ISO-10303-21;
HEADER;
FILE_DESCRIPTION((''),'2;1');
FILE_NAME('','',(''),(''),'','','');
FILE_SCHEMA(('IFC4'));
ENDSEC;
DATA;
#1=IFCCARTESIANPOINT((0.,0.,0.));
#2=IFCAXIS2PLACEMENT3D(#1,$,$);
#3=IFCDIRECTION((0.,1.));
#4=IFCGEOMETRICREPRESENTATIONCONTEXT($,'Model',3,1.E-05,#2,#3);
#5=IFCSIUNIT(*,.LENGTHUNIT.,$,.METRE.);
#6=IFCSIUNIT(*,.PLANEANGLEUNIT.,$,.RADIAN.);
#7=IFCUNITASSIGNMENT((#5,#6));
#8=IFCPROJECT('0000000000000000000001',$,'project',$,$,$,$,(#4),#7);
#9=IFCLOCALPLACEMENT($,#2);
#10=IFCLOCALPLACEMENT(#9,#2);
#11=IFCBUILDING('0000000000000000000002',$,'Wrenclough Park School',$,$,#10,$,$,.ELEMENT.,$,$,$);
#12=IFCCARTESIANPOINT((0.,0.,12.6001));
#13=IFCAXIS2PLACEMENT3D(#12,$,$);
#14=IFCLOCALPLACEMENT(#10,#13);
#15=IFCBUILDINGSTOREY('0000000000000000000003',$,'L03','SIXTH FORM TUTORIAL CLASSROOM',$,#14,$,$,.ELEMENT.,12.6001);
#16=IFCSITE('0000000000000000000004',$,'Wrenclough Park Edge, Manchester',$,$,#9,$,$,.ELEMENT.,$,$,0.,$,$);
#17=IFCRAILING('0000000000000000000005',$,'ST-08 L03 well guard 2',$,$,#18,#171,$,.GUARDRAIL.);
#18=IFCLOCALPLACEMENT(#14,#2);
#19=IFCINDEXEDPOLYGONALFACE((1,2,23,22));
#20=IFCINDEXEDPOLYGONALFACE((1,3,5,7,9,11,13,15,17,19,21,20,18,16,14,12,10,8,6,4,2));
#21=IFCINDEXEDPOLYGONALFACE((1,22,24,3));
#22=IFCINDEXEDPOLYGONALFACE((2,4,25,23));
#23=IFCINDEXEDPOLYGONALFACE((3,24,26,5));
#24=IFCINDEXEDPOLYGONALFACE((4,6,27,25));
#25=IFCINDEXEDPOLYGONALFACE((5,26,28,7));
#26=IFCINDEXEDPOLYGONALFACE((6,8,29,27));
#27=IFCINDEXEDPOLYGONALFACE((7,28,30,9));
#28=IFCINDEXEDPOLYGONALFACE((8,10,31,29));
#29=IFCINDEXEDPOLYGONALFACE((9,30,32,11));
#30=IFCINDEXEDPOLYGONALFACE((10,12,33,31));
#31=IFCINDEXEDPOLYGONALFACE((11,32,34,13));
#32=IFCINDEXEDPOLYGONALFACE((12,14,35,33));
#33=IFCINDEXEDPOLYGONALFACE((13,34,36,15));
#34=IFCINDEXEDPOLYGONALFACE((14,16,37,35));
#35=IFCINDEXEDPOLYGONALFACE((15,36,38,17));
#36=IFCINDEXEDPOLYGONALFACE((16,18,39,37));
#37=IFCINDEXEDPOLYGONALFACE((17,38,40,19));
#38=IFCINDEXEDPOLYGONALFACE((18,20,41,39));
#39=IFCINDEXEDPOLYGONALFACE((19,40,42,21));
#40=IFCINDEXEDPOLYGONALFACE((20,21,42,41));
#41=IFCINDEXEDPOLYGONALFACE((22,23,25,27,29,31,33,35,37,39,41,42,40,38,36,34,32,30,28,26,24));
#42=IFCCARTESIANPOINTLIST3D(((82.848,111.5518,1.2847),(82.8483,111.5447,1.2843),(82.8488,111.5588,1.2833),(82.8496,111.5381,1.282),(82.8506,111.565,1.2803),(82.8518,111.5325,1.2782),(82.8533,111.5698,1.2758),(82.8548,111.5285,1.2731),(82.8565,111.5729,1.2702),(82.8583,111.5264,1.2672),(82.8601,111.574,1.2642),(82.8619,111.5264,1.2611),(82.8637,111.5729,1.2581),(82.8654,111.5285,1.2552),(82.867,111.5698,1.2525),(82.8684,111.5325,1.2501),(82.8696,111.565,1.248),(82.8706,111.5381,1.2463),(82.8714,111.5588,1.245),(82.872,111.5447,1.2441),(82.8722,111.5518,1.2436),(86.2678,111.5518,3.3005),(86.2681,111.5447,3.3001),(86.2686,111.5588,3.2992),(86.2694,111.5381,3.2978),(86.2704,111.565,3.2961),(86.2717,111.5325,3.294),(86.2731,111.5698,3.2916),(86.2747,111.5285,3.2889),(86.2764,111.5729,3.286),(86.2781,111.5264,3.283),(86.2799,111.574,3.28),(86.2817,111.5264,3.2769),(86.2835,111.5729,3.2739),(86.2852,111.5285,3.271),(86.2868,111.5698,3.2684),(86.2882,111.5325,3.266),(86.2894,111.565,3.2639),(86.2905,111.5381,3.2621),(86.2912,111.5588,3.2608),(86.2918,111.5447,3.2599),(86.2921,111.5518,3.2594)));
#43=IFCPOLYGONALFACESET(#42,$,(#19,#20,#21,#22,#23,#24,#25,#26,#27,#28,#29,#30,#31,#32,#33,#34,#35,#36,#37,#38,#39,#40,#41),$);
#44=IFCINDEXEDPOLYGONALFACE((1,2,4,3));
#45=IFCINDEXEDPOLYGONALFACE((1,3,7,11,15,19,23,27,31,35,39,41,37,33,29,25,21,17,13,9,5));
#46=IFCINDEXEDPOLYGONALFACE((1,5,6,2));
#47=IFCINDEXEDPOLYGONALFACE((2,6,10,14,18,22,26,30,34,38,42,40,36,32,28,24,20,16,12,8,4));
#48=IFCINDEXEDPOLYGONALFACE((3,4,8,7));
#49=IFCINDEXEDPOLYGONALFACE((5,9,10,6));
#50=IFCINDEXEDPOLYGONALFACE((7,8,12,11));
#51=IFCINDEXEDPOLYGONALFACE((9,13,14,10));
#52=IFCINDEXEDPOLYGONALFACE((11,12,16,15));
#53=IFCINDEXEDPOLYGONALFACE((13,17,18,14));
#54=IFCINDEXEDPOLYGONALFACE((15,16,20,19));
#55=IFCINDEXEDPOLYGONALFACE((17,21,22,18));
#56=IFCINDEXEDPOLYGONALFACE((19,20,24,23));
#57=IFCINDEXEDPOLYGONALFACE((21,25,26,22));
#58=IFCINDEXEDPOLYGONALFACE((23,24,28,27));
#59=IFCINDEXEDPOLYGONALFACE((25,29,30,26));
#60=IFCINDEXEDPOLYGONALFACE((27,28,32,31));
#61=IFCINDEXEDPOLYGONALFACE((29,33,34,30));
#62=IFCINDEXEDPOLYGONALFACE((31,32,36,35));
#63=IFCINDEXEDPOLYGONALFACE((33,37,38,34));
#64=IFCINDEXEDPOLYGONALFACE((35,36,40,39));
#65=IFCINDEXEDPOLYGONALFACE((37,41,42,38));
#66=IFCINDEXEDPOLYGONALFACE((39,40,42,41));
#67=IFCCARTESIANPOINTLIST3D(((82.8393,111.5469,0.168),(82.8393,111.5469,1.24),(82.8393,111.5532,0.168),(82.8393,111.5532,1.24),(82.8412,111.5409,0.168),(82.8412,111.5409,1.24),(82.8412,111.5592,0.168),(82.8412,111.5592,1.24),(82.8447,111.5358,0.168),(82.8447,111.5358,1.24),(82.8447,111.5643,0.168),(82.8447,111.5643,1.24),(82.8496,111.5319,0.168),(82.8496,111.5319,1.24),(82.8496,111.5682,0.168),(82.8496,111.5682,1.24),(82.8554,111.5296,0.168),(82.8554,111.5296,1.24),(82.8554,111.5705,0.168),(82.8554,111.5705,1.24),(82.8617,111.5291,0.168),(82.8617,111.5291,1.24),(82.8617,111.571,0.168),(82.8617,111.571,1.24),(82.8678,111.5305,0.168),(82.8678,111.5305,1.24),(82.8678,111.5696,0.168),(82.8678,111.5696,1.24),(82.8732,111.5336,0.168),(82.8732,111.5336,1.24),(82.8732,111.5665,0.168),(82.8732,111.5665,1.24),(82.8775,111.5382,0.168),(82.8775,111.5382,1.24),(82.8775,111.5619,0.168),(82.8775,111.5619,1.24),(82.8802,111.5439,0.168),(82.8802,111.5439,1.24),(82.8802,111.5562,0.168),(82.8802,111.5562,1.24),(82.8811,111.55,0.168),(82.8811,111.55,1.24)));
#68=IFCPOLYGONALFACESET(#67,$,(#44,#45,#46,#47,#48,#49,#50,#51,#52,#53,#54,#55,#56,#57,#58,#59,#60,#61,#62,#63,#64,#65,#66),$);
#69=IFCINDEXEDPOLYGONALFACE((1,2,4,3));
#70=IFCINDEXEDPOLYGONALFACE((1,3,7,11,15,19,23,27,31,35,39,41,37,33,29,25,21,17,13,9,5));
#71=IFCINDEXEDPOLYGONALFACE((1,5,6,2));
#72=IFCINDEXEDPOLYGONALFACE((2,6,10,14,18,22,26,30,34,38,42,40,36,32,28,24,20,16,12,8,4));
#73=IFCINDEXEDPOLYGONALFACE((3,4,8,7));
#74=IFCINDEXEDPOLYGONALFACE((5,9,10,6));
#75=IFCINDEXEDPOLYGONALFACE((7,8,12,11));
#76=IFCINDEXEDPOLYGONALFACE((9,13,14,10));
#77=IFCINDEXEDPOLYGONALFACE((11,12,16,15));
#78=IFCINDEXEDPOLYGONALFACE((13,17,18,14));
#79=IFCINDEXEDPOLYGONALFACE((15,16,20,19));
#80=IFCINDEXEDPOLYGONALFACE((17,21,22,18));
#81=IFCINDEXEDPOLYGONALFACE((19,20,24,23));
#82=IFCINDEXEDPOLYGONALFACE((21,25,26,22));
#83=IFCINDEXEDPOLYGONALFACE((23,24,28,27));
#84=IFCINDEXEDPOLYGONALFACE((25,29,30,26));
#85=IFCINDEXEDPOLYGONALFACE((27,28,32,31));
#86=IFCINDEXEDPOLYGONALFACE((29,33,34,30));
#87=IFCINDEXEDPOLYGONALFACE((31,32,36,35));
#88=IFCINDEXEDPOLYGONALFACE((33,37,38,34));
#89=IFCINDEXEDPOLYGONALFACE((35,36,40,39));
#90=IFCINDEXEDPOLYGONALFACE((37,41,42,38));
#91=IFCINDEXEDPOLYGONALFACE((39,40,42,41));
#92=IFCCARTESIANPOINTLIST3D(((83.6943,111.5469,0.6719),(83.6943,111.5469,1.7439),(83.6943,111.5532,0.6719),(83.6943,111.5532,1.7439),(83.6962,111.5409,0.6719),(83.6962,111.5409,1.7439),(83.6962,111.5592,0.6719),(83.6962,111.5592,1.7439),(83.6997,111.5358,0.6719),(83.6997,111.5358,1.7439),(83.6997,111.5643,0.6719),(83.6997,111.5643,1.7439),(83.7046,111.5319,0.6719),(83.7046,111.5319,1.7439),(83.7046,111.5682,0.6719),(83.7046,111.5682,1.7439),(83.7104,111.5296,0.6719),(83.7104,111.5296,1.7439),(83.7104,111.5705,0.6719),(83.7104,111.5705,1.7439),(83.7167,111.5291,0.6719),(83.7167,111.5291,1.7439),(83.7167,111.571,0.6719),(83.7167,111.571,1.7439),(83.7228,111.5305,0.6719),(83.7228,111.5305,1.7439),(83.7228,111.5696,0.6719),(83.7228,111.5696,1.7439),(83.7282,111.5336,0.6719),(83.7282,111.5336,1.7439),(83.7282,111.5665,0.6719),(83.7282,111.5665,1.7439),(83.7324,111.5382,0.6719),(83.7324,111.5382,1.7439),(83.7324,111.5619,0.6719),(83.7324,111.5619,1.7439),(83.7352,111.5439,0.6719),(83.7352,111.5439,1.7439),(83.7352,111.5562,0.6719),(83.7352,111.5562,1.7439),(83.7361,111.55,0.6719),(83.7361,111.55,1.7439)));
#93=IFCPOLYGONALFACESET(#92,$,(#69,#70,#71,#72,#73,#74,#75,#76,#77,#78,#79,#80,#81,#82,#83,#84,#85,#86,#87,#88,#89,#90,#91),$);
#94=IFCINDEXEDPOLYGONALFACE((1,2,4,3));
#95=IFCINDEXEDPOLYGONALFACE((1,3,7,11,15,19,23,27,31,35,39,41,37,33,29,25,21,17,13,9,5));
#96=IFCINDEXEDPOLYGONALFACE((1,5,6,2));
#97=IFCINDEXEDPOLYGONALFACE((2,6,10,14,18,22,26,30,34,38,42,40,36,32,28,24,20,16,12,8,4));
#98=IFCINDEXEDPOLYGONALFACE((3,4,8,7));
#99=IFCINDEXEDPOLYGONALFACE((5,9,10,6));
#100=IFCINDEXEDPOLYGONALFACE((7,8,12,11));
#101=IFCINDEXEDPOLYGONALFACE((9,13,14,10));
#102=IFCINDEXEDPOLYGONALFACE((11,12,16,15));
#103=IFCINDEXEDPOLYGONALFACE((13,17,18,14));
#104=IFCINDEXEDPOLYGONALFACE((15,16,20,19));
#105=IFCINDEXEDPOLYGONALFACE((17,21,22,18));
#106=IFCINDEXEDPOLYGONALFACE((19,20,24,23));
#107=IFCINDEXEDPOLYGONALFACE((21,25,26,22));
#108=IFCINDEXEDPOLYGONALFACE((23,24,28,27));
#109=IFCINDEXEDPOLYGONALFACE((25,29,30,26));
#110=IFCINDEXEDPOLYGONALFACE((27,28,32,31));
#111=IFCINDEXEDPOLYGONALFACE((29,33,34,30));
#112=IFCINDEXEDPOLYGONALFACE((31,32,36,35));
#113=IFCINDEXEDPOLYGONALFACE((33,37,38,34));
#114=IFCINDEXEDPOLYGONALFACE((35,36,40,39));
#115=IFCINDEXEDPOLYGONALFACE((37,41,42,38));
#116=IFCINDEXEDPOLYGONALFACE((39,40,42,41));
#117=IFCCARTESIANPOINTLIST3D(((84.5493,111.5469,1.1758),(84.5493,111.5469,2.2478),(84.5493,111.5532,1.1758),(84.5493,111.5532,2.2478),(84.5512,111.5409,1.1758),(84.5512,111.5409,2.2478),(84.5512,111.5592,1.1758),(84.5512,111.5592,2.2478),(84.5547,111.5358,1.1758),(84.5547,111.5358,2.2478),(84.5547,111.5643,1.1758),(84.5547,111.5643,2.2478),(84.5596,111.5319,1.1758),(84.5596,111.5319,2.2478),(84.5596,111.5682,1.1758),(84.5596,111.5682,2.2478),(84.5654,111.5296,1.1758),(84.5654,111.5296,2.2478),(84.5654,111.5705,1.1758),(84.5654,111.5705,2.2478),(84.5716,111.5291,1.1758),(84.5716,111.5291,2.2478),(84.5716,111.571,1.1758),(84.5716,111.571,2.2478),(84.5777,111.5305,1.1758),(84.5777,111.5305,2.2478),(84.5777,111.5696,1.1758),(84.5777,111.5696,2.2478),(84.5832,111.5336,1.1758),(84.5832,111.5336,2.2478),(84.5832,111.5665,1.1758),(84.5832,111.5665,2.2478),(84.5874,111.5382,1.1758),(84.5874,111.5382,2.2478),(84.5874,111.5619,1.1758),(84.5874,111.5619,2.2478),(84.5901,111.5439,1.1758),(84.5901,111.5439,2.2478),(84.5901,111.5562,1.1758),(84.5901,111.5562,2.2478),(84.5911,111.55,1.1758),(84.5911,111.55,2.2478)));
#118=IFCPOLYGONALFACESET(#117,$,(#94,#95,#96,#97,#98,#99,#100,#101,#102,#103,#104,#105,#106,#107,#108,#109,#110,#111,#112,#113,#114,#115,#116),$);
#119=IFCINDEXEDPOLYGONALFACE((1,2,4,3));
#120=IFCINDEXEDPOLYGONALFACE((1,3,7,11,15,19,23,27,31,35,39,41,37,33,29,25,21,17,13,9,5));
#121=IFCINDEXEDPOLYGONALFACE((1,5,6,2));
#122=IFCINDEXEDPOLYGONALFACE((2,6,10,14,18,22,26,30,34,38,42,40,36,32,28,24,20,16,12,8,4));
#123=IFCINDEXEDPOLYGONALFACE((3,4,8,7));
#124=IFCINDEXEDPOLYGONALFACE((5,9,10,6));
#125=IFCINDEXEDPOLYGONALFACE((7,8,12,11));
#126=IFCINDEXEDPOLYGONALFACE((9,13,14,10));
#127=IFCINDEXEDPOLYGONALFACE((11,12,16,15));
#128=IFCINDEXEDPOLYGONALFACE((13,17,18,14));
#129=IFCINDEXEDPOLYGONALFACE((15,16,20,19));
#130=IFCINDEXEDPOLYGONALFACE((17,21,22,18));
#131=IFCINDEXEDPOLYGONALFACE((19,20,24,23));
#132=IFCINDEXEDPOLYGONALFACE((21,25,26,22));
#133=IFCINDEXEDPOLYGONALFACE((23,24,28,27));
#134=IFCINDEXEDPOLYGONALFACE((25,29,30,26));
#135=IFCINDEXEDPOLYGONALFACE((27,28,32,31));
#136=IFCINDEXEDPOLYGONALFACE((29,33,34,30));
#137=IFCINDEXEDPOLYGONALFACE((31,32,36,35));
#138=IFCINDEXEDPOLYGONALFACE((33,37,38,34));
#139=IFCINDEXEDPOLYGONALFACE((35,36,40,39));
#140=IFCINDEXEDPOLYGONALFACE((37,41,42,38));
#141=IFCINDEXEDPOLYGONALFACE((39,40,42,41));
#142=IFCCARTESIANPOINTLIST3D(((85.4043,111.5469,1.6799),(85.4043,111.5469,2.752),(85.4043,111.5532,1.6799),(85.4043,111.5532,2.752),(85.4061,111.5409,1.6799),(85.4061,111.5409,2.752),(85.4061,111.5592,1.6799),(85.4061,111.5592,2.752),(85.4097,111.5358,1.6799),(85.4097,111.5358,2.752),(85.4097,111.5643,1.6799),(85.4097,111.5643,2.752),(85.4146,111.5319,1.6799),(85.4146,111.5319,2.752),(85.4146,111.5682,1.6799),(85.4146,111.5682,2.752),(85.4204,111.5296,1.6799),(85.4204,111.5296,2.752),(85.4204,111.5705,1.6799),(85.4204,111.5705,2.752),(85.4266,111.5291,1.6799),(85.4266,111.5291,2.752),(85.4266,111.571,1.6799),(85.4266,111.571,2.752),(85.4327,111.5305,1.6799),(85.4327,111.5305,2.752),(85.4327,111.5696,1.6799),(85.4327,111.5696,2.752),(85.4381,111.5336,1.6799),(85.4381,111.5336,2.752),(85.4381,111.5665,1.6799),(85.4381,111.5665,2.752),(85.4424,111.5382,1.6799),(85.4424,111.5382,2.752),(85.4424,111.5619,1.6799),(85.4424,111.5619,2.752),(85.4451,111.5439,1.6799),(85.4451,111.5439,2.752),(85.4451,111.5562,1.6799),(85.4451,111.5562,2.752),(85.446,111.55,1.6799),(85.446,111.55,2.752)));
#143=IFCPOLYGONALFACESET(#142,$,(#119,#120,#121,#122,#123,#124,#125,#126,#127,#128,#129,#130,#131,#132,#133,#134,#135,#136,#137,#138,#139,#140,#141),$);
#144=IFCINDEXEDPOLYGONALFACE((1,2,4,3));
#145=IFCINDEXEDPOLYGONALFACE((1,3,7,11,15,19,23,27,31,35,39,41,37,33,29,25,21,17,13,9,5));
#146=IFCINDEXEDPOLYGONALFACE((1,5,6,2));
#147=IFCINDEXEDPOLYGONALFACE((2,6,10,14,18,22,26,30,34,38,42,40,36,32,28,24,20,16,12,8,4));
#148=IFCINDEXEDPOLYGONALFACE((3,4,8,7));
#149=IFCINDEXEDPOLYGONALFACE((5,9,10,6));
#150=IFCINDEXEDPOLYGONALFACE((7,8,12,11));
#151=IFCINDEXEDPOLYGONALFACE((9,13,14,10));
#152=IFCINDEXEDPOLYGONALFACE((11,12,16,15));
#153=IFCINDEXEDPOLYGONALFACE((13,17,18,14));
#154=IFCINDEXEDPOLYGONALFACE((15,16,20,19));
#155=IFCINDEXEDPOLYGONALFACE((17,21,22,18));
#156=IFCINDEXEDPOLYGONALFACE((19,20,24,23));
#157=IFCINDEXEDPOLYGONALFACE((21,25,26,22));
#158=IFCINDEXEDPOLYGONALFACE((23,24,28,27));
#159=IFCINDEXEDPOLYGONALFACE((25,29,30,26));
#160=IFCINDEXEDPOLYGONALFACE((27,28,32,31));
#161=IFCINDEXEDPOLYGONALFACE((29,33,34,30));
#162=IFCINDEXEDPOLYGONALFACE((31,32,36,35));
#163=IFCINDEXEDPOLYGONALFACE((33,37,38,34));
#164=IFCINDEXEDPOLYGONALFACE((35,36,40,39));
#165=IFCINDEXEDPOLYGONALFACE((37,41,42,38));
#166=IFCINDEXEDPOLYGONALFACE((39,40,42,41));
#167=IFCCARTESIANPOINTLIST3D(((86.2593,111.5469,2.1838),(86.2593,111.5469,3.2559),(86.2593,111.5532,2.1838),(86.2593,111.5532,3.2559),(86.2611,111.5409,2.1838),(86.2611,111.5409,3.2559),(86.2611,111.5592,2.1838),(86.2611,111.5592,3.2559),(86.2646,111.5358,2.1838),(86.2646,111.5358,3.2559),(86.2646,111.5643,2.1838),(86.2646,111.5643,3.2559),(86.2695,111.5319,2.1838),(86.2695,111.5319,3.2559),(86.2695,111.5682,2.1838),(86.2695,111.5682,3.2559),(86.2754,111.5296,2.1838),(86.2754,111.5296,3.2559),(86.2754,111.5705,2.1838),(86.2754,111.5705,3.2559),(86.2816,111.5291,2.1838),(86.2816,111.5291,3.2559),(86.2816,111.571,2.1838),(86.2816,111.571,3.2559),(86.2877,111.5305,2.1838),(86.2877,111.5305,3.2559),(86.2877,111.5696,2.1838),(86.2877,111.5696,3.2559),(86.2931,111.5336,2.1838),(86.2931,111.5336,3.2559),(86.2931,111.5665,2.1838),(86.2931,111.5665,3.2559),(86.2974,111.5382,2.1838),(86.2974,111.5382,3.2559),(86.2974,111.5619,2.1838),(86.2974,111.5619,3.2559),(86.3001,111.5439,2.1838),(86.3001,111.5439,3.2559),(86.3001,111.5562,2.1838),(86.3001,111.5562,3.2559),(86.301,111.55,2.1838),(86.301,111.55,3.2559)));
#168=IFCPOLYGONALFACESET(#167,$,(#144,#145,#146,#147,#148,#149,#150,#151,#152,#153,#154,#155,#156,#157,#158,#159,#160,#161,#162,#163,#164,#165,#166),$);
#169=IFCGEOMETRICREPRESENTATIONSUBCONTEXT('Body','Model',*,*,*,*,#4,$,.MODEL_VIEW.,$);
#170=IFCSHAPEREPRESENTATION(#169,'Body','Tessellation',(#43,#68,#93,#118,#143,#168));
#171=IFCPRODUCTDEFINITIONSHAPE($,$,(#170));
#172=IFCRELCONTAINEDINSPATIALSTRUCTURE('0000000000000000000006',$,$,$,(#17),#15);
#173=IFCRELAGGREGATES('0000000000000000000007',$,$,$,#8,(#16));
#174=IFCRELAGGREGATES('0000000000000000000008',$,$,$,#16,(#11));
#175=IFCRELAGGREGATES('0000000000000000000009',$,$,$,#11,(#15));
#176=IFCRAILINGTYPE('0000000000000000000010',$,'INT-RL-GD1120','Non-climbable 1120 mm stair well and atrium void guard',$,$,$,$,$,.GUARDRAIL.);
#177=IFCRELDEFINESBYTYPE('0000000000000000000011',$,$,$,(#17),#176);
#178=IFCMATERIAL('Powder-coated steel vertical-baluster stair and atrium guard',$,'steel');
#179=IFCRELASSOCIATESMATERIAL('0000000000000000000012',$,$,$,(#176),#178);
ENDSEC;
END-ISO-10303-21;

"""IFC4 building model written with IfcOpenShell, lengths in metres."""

from ifc_helpers import new_model, si_unit, direction, frame, origin, origin_2d, place, context, subcontext, project, spatial, circle, extrude, material, type_object, element, save


model = new_model("IFC4")

# Units and contexts
model_context = context("Model", 3, precision=1e-05, world=origin(), true_north=direction((0.0, 1.0)))
body_context = subcontext(model_context, "Body", "Model", "MODEL_VIEW")
ifc_project = project(units=[si_unit("LENGTHUNIT", "METRE"), si_unit("PLANEANGLEUNIT", "RADIAN")], contexts=[model_context])

# Site, building, storey
site_placement = place(None, origin())
site = spatial("IfcSite", under=ifc_project, at=site_placement, Name="Wrenclough Park Edge, Manchester", CompositionType="ELEMENT", RefElevation=0.0)
building_placement = place(site_placement, origin())
building = spatial("IfcBuilding", under=site, at=building_placement, Name="Wrenclough Park School", CompositionType="ELEMENT")
storey_placement = place(building_placement, frame((0.0, 0.0, 12.6001)))
storey = spatial("IfcBuildingStorey", under=building, at=storey_placement, Name="L03", Description="SIXTH FORM TUTORIAL CLASSROOM", CompositionType="ELEMENT", Elevation=12.6001)

# Railing
ifc_material_1 = material(Name="Powder-coated steel vertical-baluster stair and atrium guard", Category="steel")
railing_type_1 = type_object("IfcRailingType", Name="INT-RL-GD1120", Description="Non-climbable 1120 mm stair well and atrium void guard", PredefinedType="GUARDRAIL", material=ifc_material_1)
railing_1_placement = place(storey_placement, frame((82.8601, 111.55, 0.168)))
element("IfcRailing", 1, at=railing_1_placement, inside=storey, type_object=railing_type_1, Name="ST-08 L03 well guard 2", PredefinedType="GUARDRAIL", context=body_context, shape_type="SweptSolid", body=[
    extrude(circle(Radius=0.0239, at=origin_2d()), frame((0.0, 0.0, 1.0962), z_axis=(0.861477, 0.0, 0.507797), x_axis=(0.0, 1.0, 0.0)), (0.0, 0.0, 1.0), 3.9697),
    extrude(circle(Radius=0.021, at=origin_2d()), origin(), (0.0, 0.0, 1.0), 1.072),
    extrude(circle(Radius=0.021, at=origin_2d()), frame((0.855, 0.0, 0.5039)), (0.0, 0.0, 1.0), 1.072),
    extrude(circle(Radius=0.021, at=origin_2d()), frame((1.71, 0.0, 1.0078)), (0.0, 0.0, 1.0), 1.072),
    extrude(circle(Radius=0.021, at=origin_2d()), frame((2.5649, 0.0, 1.512)), (0.0, 0.0, 1.0), 1.072),
    extrude(circle(Radius=0.021, at=origin_2d()), frame((3.4199, 0.0, 2.0159)), (0.0, 0.0, 1.0), 1.072),
])

save(model, "model.ifc")
